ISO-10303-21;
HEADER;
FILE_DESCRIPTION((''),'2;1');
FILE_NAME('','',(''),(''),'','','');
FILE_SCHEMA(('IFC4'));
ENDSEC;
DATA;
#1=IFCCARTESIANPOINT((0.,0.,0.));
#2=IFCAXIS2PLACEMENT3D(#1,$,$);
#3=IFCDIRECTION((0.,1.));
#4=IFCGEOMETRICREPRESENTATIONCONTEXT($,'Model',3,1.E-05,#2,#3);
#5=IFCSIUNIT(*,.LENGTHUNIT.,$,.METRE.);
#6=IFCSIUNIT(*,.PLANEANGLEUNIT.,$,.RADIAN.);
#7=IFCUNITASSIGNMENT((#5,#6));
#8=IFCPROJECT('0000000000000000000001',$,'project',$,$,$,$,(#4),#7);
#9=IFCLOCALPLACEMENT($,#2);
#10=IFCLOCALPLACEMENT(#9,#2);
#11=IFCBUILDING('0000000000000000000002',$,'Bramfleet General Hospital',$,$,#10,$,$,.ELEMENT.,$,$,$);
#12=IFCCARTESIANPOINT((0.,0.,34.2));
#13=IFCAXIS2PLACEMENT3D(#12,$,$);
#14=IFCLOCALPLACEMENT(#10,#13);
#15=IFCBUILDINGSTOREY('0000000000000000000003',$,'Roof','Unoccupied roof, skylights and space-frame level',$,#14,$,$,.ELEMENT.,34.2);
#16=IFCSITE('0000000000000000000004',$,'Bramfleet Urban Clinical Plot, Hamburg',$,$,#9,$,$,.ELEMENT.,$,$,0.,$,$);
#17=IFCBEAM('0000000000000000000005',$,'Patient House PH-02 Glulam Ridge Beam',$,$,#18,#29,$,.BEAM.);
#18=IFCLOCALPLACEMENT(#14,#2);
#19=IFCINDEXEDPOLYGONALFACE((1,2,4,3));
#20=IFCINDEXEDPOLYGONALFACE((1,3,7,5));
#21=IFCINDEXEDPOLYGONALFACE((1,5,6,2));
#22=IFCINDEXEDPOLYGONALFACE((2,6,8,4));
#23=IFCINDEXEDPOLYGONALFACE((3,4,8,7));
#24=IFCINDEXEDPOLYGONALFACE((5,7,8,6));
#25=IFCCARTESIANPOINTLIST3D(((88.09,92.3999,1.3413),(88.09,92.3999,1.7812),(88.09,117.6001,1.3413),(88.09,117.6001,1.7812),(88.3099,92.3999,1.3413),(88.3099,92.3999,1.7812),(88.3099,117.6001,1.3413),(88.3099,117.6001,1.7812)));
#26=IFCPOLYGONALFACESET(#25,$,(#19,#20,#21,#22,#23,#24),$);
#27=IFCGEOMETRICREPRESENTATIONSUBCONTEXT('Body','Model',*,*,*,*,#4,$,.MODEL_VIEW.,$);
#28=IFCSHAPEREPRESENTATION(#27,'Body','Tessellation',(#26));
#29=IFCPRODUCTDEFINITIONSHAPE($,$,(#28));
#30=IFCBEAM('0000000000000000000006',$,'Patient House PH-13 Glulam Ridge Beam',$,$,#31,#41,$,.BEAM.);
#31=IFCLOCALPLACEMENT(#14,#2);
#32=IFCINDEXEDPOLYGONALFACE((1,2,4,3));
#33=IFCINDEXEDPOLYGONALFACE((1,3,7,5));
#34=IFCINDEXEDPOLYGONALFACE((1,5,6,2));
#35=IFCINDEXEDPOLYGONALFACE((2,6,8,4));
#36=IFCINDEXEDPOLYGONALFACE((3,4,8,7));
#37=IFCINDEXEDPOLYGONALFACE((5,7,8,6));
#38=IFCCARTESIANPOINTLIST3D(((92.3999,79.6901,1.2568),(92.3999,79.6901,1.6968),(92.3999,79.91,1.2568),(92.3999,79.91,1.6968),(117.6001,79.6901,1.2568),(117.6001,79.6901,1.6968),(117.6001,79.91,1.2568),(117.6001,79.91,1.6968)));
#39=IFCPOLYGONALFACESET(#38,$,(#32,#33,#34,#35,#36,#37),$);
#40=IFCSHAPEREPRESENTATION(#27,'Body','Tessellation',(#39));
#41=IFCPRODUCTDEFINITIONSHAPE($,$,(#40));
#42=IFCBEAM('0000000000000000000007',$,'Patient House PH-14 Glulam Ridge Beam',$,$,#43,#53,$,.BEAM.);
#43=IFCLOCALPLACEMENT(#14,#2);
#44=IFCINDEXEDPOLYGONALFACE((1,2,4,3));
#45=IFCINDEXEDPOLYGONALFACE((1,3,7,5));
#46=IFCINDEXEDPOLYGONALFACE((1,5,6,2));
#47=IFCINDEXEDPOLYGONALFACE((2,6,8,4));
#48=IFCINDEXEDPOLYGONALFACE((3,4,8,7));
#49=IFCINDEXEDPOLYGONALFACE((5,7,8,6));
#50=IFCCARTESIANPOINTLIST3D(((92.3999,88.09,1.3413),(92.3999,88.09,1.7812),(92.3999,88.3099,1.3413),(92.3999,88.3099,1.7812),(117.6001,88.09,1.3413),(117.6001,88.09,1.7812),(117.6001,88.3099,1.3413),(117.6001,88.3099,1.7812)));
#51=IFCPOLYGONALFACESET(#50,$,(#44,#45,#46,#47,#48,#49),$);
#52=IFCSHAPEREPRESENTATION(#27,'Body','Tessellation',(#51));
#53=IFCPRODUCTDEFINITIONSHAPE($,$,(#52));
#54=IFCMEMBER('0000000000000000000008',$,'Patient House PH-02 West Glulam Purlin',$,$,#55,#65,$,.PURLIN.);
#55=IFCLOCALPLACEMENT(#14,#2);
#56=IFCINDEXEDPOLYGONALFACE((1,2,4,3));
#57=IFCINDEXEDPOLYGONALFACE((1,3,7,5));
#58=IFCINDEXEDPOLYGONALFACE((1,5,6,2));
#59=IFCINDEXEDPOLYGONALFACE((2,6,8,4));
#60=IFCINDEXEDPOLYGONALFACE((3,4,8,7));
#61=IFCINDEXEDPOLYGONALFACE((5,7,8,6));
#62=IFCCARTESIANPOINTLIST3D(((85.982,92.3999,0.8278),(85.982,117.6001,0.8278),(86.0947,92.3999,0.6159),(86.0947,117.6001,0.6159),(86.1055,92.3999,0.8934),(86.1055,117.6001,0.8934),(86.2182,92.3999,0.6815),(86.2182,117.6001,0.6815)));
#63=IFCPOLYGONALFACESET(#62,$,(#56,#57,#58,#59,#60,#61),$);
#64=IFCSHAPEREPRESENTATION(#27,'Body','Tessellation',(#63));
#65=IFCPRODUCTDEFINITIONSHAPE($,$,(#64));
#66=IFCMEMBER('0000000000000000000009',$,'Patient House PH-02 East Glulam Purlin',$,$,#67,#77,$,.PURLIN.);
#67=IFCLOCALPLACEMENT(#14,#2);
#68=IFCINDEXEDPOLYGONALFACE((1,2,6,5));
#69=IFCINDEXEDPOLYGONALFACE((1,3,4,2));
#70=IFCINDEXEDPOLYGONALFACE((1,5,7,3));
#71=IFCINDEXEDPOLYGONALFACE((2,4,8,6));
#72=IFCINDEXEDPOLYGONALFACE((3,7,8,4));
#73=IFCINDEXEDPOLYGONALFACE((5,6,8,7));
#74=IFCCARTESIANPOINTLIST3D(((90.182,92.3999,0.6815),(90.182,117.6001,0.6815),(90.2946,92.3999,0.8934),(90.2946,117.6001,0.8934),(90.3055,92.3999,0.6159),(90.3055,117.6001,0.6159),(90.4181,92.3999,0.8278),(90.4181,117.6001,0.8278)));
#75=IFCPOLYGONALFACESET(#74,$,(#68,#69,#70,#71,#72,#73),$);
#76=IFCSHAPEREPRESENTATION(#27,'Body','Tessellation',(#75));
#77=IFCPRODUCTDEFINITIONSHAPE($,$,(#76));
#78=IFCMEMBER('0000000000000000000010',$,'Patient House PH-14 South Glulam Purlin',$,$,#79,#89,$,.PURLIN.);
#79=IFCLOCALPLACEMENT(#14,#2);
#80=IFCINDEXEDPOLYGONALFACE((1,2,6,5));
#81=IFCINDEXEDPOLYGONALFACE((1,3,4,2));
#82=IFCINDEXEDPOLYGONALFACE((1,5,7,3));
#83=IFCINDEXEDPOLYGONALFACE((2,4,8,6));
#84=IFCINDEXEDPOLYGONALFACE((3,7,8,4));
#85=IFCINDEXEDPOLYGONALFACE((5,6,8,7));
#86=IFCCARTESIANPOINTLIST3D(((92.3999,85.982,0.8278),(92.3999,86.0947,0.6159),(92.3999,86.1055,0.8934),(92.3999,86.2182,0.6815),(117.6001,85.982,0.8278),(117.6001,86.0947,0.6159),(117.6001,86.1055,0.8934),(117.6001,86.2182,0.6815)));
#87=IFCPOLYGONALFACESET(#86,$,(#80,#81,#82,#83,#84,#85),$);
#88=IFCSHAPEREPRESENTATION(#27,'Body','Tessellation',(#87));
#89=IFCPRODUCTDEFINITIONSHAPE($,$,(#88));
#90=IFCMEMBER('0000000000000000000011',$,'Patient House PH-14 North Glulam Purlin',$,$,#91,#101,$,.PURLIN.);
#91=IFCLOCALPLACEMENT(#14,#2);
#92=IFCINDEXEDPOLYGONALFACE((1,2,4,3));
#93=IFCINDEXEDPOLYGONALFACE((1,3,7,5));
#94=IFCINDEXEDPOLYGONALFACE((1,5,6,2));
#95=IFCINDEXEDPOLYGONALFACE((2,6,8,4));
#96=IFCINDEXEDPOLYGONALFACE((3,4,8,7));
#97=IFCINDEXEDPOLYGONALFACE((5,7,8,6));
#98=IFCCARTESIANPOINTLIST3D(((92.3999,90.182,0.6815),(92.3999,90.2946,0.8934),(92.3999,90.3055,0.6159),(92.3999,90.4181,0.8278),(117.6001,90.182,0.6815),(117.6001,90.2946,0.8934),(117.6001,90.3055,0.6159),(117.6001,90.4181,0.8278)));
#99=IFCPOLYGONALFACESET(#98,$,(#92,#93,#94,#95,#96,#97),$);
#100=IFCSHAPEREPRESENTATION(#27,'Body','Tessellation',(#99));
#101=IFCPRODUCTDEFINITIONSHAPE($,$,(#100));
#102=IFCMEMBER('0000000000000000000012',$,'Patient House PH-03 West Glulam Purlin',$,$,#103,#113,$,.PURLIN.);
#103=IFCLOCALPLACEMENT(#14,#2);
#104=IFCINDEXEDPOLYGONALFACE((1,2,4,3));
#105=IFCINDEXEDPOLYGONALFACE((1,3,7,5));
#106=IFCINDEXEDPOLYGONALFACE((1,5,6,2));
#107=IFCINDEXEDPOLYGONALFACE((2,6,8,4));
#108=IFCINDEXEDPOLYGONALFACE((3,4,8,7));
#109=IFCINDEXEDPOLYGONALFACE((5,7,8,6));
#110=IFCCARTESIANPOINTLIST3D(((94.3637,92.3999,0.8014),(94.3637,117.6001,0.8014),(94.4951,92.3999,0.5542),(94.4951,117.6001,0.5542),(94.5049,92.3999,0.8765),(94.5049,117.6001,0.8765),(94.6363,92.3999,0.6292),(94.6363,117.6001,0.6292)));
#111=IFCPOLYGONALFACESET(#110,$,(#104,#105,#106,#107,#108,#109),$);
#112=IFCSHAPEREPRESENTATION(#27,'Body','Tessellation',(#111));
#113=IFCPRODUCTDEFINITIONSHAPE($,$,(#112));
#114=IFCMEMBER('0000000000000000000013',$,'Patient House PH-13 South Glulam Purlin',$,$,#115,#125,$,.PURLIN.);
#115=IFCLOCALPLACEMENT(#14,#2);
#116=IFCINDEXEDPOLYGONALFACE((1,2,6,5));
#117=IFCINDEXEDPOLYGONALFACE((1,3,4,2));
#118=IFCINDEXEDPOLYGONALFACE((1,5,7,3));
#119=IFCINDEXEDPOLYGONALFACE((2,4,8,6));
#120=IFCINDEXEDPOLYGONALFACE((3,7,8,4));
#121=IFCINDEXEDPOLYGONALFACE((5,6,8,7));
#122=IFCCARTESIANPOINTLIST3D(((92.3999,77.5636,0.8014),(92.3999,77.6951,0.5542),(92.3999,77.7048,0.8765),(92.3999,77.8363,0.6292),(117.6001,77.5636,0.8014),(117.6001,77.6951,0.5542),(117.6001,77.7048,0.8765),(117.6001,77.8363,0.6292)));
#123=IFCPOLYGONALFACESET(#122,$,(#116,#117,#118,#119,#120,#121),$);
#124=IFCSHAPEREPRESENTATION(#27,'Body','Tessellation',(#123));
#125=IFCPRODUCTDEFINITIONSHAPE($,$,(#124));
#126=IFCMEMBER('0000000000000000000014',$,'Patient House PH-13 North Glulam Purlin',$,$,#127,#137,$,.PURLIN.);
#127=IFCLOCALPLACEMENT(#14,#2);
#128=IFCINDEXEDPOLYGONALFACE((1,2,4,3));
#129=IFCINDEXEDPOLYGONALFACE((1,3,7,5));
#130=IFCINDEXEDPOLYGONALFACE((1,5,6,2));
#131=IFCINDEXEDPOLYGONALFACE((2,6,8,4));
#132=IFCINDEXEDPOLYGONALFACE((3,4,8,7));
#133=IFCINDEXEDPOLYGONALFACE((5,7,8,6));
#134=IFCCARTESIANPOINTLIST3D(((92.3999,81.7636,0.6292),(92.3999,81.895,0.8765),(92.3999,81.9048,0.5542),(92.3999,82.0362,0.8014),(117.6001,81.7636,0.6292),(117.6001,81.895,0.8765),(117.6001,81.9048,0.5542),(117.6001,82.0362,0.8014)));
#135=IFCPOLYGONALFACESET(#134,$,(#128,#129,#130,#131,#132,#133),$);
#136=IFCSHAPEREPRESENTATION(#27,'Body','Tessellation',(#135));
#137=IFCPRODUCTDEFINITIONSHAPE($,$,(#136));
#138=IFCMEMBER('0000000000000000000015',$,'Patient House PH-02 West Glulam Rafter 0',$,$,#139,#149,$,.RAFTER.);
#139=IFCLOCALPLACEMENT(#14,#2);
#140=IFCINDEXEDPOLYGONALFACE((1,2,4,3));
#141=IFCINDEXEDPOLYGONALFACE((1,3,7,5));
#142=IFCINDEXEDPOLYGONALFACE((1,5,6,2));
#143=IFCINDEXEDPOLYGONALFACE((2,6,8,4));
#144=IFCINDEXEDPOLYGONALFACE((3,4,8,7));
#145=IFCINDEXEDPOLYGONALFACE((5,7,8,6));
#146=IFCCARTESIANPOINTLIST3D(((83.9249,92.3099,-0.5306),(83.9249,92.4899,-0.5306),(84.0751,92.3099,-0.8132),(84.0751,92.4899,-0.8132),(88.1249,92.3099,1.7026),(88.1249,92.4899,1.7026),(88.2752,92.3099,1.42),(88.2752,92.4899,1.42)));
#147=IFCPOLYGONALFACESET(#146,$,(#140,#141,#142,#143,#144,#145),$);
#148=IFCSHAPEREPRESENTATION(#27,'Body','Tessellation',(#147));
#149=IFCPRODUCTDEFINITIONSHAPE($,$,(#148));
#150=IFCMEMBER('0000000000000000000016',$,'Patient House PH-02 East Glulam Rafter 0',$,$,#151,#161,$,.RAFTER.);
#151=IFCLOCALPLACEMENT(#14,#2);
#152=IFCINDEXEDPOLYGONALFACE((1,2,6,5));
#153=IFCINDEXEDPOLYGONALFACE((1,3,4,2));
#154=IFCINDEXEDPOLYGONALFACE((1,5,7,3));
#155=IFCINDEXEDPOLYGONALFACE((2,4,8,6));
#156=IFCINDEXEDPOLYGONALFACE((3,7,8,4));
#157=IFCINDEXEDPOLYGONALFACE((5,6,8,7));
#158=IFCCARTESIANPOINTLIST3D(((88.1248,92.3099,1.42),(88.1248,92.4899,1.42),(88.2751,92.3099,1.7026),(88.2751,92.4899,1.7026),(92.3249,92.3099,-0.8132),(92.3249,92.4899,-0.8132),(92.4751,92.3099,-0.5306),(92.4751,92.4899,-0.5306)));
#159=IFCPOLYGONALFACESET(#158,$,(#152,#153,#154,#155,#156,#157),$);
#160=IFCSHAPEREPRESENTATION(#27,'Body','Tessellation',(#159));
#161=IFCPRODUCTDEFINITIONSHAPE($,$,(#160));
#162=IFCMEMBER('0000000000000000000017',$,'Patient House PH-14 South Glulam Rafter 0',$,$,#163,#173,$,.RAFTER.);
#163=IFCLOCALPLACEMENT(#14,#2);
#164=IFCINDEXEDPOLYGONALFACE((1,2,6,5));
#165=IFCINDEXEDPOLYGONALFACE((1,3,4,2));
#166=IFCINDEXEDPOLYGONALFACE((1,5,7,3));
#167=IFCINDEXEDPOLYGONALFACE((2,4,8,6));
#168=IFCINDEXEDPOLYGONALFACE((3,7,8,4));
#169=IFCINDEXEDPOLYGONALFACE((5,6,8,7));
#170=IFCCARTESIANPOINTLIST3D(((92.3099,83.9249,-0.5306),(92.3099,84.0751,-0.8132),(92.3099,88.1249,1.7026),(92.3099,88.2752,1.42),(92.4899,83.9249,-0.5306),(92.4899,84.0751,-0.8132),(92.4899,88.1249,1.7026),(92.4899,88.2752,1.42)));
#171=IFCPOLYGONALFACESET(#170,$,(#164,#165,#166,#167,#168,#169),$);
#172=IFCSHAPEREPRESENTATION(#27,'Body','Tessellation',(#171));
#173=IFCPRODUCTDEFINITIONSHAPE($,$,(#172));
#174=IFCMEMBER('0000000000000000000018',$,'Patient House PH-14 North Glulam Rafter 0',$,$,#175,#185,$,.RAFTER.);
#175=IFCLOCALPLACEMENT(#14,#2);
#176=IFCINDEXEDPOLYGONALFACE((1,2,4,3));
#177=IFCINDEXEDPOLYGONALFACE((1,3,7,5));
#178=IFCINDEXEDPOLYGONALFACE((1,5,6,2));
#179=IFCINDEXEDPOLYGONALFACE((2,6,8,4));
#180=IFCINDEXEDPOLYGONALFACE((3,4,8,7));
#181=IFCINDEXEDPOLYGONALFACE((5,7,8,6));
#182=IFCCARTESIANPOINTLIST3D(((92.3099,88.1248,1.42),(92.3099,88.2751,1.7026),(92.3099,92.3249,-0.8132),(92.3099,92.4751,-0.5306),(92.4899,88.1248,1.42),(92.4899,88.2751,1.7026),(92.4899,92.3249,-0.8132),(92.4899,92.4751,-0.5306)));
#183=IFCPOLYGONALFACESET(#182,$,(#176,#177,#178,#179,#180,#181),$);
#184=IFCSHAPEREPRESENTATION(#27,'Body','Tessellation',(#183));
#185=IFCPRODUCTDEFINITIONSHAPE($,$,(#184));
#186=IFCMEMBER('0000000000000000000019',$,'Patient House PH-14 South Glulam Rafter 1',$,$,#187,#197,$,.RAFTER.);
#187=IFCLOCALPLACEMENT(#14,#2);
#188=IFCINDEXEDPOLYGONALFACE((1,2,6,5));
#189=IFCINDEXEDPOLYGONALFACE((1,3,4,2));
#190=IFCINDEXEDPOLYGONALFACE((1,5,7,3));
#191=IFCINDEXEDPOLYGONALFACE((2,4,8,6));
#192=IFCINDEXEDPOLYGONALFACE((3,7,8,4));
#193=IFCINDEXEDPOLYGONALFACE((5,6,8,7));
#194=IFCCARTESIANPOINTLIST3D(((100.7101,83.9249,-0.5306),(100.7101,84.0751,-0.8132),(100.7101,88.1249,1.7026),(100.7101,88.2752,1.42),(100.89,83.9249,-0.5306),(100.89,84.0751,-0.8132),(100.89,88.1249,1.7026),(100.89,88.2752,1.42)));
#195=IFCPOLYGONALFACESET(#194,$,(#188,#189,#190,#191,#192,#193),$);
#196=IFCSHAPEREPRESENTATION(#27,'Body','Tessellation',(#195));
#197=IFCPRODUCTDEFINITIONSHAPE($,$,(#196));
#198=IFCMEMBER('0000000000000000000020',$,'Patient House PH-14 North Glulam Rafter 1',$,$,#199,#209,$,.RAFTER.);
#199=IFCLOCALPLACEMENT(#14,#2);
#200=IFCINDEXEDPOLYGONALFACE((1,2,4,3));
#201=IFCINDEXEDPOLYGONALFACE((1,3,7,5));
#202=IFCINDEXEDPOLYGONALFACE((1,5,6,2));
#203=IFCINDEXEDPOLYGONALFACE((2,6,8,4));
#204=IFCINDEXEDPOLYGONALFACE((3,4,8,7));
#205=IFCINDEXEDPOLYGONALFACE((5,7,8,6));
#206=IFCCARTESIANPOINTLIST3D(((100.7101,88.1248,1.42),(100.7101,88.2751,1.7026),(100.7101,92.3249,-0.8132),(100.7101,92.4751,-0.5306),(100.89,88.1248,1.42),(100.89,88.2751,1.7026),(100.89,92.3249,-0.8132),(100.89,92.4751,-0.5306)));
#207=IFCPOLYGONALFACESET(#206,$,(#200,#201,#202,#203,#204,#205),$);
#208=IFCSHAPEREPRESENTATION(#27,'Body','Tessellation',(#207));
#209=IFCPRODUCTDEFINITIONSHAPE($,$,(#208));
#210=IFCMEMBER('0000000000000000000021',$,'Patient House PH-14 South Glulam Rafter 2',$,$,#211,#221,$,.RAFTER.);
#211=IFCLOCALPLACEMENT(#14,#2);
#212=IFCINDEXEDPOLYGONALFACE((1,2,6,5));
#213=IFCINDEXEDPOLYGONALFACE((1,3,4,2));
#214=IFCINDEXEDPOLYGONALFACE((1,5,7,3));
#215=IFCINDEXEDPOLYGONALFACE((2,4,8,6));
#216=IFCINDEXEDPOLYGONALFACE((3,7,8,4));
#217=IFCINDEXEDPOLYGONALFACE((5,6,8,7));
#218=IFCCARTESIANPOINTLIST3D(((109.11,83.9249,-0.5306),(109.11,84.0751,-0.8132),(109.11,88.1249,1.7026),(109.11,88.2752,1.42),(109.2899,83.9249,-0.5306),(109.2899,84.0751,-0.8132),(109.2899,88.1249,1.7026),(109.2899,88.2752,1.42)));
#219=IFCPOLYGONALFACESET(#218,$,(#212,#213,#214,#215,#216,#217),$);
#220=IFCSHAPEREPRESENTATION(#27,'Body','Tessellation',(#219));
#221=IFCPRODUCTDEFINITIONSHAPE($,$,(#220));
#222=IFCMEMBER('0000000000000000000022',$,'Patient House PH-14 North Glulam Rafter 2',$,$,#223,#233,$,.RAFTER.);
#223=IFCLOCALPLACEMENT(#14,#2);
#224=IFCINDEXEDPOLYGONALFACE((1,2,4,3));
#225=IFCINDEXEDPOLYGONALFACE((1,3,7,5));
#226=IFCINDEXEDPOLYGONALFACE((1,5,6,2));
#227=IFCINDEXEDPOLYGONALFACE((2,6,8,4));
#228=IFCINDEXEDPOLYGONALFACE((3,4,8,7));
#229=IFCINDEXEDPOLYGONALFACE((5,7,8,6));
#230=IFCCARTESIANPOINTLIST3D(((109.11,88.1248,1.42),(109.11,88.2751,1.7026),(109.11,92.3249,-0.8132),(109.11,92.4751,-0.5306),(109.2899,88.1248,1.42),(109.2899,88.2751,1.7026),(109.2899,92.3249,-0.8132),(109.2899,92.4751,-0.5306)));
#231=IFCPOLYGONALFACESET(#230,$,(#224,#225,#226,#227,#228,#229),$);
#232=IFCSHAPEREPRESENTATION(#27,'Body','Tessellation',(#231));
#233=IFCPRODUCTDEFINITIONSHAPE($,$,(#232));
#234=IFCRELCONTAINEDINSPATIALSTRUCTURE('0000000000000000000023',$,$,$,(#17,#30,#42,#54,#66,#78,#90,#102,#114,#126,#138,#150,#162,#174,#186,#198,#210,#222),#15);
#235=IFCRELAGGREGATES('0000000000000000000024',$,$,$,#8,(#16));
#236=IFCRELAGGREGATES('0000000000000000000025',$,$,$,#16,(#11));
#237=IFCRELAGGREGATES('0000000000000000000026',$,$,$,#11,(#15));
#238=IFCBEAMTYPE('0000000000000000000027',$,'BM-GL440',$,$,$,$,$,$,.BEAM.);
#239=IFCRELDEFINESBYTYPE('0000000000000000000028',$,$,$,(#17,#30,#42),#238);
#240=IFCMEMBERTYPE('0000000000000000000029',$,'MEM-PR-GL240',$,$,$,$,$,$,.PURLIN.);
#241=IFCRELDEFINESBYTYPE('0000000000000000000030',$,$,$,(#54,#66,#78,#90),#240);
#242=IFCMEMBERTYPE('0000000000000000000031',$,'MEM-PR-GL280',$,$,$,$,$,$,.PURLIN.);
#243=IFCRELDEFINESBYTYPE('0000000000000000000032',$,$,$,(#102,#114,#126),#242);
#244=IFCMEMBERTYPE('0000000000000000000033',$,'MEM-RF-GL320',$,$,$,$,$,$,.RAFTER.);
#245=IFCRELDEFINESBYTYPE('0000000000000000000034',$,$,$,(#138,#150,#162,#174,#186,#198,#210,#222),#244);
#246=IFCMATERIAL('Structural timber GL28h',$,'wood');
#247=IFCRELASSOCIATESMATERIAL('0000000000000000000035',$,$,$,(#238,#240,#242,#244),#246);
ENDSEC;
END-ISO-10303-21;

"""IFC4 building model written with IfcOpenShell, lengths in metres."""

from ifc_helpers import new_model, si_unit, direction, frame, origin, origin_2d, place, context, subcontext, project, spatial, rectangle, extrude, material, material_profile, profile_set, type_object, element, save


model = new_model("IFC4")

# Units and contexts
model_context = context("Model", 3, precision=1e-05, world=origin(), true_north=direction((0.0, 1.0)))
body_context = subcontext(model_context, "Body", "Model", "MODEL_VIEW")
ifc_project = project(units=[si_unit("LENGTHUNIT", "METRE"), si_unit("PLANEANGLEUNIT", "RADIAN")], contexts=[model_context])

# Site, building, storey
site_placement = place(None, origin())
site = spatial("IfcSite", under=ifc_project, at=site_placement, Name="Bramfleet Urban Clinical Plot, Hamburg", CompositionType="ELEMENT", RefElevation=0.0)
building_placement = place(site_placement, origin())
building = spatial("IfcBuilding", under=site, at=building_placement, Name="Bramfleet General Hospital", CompositionType="ELEMENT")
storey_placement = place(building_placement, frame((0.0, 0.0, 34.2)))
storey = spatial("IfcBuildingStorey", under=building, at=storey_placement, Name="Roof", Description="Unoccupied roof, skylights and space-frame level", CompositionType="ELEMENT", Elevation=34.2)

# Beams
ifc_material_1 = material(Name="Structural timber GL28h", Category="wood")
ifc_material_profile_1 = material_profile(ifc_material_1, rectangle(XDim=0.22, YDim=0.4399, at=origin_2d()), Name="GL28h 440x220")
ifc_profile_set_1 = profile_set([ifc_material_profile_1], Name="Structural timber GL28h")
beam_type = type_object("IfcBeamType", Name="BM-GL440", PredefinedType="BEAM", material=ifc_profile_set_1)
for number, where, z_axis, x_axis, name in (
    (1, (88.2, 92.3999, 1.5613), (0.0, 1.0, 0.0), (-1.0, 0.0, 0.0), "Patient House PH-02 Glulam Ridge Beam"),
    (2, (92.3999, 79.8, 1.4768), (1.0, 0.0, 0.0), (0.0, 1.0, 0.0), "Patient House PH-13 Glulam Ridge Beam"),
    (3, (92.3999, 88.2, 1.5613), (1.0, 0.0, 0.0), (0.0, 1.0, 0.0), "Patient House PH-14 Glulam Ridge Beam"),
):
    element("IfcBeam", number, at=place(storey_placement, frame(where, z_axis=z_axis, x_axis=x_axis)), inside=storey, type_object=beam_type, Name=name, PredefinedType="BEAM", context=body_context, shape_type="SweptSolid", body=[
        extrude(rectangle(XDim=0.22, YDim=0.4399, at=origin_2d()), origin(), (0.0, 0.0, 1.0), 25.2002),
    ])

# Members
ifc_material_profile_2 = material_profile(ifc_material_1, rectangle(XDim=0.1399, YDim=0.24, at=origin_2d()), Name="GL28h 240x140")
ifc_profile_set_2 = profile_set([ifc_material_profile_2], Name="Structural timber GL28h")
member_type_1 = type_object("IfcMemberType", Name="MEM-PR-GL240", PredefinedType="PURLIN", material=ifc_profile_set_2)
for number, where, z_axis, x_axis, name in (
    (4, (86.1001, 92.3999, 0.7546), (0.0, 1.0, 0.0), (-0.882948, 0.0, -0.469472), "Patient House PH-02 West Glulam Purlin"),
    (5, (90.3, 92.3999, 0.7546), (0.0, 1.0, 0.0), (-0.882948, 0.0, 0.469472), "Patient House PH-02 East Glulam Purlin"),
    (6, (92.3999, 86.1001, 0.7546), (1.0, 0.0, 0.0), (0.0, 0.882948, 0.469472), "Patient House PH-14 South Glulam Purlin"),
    (7, (92.3999, 90.3, 0.7546), (1.0, 0.0, 0.0), (0.0, 0.882948, -0.469472), "Patient House PH-14 North Glulam Purlin"),
):
    element("IfcMember", number, at=place(storey_placement, frame(where, z_axis=z_axis, x_axis=x_axis)), inside=storey, type_object=member_type_1, Name=name, PredefinedType="PURLIN", context=body_context, shape_type="SweptSolid", body=[
        extrude(rectangle(XDim=0.1399, YDim=0.24, at=origin_2d()), origin(), (0.0, 0.0, 1.0), 25.2002),
    ])
ifc_material_profile_3 = material_profile(ifc_material_1, rectangle(XDim=0.1599, YDim=0.28, at=origin_2d()), Name="GL28h 280x160")
ifc_profile_set_3 = profile_set([ifc_material_profile_3], Name="Structural timber GL28h")
member_type_2 = type_object("IfcMemberType", Name="MEM-PR-GL280", PredefinedType="PURLIN", material=ifc_profile_set_3)
for number, where, z_axis, x_axis, name in (
    (8, (94.5, 92.3999, 0.7153), (0.0, 1.0, 0.0), (-0.882948, 0.0, -0.469472), "Patient House PH-03 West Glulam Purlin"),
    (9, (92.3999, 77.7, 0.7153), (1.0, 0.0, 0.0), (0.0, 0.882948, 0.469472), "Patient House PH-13 South Glulam Purlin"),
    (10, (92.3999, 81.8999, 0.7153), (1.0, 0.0, 0.0), (0.0, 0.882948, -0.469472), "Patient House PH-13 North Glulam Purlin"),
):
    element("IfcMember", number, at=place(storey_placement, frame(where, z_axis=z_axis, x_axis=x_axis)), inside=storey, type_object=member_type_2, Name=name, PredefinedType="PURLIN", context=body_context, shape_type="SweptSolid", body=[
        extrude(rectangle(XDim=0.1599, YDim=0.28, at=origin_2d()), origin(), (0.0, 0.0, 1.0), 25.2002),
    ])
ifc_material_profile_4 = material_profile(ifc_material_1, rectangle(XDim=0.1799, YDim=0.3201, at=origin_2d()), Name="GL28h 320x180")
ifc_profile_set_4 = profile_set([ifc_material_profile_4], Name="Structural timber GL28h")
member_type_3 = type_object("IfcMemberType", Name="MEM-RF-GL320", PredefinedType="RAFTER", material=ifc_profile_set_4)
for number, where, z_axis, x_axis, name in (
    (11, (84.0, 92.3999, -0.6719), (0.882948, 0.0, 0.469472), (0.0, 1.0, 0.0), "Patient House PH-02 West Glulam Rafter 0"),
    (12, (88.2, 92.3999, 1.5613), (0.882948, 0.0, -0.469472), (0.0, 1.0, 0.0), "Patient House PH-02 East Glulam Rafter 0"),
    (13, (92.3999, 84.0, -0.6719), (0.0, 0.882948, 0.469472), (-1.0, 0.0, 0.0), "Patient House PH-14 South Glulam Rafter 0"),
    (14, (92.3999, 88.2, 1.5613), (0.0, 0.882948, -0.469472), (-1.0, 0.0, 0.0), "Patient House PH-14 North Glulam Rafter 0"),
    (15, (100.8, 84.0, -0.6719), (0.0, 0.882948, 0.469472), (-1.0, 0.0, 0.0), "Patient House PH-14 South Glulam Rafter 1"),
    (16, (100.8, 88.2, 1.5613), (0.0, 0.882948, -0.469472), (-1.0, 0.0, 0.0), "Patient House PH-14 North Glulam Rafter 1"),
    (17, (109.2, 84.0, -0.6719), (0.0, 0.882948, 0.469472), (-1.0, 0.0, 0.0), "Patient House PH-14 South Glulam Rafter 2"),
    (18, (109.2, 88.2, 1.5613), (0.0, 0.882948, -0.469472), (-1.0, 0.0, 0.0), "Patient House PH-14 North Glulam Rafter 2"),
):
    element("IfcMember", number, at=place(storey_placement, frame(where, z_axis=z_axis, x_axis=x_axis)), inside=storey, type_object=member_type_3, Name=name, PredefinedType="RAFTER", context=body_context, shape_type="SweptSolid", body=[
        extrude(rectangle(XDim=0.1799, YDim=0.3201, at=origin_2d()), origin(), (0.0, 0.0, 1.0), 4.7568),
    ])

save(model, "model.ifc")
